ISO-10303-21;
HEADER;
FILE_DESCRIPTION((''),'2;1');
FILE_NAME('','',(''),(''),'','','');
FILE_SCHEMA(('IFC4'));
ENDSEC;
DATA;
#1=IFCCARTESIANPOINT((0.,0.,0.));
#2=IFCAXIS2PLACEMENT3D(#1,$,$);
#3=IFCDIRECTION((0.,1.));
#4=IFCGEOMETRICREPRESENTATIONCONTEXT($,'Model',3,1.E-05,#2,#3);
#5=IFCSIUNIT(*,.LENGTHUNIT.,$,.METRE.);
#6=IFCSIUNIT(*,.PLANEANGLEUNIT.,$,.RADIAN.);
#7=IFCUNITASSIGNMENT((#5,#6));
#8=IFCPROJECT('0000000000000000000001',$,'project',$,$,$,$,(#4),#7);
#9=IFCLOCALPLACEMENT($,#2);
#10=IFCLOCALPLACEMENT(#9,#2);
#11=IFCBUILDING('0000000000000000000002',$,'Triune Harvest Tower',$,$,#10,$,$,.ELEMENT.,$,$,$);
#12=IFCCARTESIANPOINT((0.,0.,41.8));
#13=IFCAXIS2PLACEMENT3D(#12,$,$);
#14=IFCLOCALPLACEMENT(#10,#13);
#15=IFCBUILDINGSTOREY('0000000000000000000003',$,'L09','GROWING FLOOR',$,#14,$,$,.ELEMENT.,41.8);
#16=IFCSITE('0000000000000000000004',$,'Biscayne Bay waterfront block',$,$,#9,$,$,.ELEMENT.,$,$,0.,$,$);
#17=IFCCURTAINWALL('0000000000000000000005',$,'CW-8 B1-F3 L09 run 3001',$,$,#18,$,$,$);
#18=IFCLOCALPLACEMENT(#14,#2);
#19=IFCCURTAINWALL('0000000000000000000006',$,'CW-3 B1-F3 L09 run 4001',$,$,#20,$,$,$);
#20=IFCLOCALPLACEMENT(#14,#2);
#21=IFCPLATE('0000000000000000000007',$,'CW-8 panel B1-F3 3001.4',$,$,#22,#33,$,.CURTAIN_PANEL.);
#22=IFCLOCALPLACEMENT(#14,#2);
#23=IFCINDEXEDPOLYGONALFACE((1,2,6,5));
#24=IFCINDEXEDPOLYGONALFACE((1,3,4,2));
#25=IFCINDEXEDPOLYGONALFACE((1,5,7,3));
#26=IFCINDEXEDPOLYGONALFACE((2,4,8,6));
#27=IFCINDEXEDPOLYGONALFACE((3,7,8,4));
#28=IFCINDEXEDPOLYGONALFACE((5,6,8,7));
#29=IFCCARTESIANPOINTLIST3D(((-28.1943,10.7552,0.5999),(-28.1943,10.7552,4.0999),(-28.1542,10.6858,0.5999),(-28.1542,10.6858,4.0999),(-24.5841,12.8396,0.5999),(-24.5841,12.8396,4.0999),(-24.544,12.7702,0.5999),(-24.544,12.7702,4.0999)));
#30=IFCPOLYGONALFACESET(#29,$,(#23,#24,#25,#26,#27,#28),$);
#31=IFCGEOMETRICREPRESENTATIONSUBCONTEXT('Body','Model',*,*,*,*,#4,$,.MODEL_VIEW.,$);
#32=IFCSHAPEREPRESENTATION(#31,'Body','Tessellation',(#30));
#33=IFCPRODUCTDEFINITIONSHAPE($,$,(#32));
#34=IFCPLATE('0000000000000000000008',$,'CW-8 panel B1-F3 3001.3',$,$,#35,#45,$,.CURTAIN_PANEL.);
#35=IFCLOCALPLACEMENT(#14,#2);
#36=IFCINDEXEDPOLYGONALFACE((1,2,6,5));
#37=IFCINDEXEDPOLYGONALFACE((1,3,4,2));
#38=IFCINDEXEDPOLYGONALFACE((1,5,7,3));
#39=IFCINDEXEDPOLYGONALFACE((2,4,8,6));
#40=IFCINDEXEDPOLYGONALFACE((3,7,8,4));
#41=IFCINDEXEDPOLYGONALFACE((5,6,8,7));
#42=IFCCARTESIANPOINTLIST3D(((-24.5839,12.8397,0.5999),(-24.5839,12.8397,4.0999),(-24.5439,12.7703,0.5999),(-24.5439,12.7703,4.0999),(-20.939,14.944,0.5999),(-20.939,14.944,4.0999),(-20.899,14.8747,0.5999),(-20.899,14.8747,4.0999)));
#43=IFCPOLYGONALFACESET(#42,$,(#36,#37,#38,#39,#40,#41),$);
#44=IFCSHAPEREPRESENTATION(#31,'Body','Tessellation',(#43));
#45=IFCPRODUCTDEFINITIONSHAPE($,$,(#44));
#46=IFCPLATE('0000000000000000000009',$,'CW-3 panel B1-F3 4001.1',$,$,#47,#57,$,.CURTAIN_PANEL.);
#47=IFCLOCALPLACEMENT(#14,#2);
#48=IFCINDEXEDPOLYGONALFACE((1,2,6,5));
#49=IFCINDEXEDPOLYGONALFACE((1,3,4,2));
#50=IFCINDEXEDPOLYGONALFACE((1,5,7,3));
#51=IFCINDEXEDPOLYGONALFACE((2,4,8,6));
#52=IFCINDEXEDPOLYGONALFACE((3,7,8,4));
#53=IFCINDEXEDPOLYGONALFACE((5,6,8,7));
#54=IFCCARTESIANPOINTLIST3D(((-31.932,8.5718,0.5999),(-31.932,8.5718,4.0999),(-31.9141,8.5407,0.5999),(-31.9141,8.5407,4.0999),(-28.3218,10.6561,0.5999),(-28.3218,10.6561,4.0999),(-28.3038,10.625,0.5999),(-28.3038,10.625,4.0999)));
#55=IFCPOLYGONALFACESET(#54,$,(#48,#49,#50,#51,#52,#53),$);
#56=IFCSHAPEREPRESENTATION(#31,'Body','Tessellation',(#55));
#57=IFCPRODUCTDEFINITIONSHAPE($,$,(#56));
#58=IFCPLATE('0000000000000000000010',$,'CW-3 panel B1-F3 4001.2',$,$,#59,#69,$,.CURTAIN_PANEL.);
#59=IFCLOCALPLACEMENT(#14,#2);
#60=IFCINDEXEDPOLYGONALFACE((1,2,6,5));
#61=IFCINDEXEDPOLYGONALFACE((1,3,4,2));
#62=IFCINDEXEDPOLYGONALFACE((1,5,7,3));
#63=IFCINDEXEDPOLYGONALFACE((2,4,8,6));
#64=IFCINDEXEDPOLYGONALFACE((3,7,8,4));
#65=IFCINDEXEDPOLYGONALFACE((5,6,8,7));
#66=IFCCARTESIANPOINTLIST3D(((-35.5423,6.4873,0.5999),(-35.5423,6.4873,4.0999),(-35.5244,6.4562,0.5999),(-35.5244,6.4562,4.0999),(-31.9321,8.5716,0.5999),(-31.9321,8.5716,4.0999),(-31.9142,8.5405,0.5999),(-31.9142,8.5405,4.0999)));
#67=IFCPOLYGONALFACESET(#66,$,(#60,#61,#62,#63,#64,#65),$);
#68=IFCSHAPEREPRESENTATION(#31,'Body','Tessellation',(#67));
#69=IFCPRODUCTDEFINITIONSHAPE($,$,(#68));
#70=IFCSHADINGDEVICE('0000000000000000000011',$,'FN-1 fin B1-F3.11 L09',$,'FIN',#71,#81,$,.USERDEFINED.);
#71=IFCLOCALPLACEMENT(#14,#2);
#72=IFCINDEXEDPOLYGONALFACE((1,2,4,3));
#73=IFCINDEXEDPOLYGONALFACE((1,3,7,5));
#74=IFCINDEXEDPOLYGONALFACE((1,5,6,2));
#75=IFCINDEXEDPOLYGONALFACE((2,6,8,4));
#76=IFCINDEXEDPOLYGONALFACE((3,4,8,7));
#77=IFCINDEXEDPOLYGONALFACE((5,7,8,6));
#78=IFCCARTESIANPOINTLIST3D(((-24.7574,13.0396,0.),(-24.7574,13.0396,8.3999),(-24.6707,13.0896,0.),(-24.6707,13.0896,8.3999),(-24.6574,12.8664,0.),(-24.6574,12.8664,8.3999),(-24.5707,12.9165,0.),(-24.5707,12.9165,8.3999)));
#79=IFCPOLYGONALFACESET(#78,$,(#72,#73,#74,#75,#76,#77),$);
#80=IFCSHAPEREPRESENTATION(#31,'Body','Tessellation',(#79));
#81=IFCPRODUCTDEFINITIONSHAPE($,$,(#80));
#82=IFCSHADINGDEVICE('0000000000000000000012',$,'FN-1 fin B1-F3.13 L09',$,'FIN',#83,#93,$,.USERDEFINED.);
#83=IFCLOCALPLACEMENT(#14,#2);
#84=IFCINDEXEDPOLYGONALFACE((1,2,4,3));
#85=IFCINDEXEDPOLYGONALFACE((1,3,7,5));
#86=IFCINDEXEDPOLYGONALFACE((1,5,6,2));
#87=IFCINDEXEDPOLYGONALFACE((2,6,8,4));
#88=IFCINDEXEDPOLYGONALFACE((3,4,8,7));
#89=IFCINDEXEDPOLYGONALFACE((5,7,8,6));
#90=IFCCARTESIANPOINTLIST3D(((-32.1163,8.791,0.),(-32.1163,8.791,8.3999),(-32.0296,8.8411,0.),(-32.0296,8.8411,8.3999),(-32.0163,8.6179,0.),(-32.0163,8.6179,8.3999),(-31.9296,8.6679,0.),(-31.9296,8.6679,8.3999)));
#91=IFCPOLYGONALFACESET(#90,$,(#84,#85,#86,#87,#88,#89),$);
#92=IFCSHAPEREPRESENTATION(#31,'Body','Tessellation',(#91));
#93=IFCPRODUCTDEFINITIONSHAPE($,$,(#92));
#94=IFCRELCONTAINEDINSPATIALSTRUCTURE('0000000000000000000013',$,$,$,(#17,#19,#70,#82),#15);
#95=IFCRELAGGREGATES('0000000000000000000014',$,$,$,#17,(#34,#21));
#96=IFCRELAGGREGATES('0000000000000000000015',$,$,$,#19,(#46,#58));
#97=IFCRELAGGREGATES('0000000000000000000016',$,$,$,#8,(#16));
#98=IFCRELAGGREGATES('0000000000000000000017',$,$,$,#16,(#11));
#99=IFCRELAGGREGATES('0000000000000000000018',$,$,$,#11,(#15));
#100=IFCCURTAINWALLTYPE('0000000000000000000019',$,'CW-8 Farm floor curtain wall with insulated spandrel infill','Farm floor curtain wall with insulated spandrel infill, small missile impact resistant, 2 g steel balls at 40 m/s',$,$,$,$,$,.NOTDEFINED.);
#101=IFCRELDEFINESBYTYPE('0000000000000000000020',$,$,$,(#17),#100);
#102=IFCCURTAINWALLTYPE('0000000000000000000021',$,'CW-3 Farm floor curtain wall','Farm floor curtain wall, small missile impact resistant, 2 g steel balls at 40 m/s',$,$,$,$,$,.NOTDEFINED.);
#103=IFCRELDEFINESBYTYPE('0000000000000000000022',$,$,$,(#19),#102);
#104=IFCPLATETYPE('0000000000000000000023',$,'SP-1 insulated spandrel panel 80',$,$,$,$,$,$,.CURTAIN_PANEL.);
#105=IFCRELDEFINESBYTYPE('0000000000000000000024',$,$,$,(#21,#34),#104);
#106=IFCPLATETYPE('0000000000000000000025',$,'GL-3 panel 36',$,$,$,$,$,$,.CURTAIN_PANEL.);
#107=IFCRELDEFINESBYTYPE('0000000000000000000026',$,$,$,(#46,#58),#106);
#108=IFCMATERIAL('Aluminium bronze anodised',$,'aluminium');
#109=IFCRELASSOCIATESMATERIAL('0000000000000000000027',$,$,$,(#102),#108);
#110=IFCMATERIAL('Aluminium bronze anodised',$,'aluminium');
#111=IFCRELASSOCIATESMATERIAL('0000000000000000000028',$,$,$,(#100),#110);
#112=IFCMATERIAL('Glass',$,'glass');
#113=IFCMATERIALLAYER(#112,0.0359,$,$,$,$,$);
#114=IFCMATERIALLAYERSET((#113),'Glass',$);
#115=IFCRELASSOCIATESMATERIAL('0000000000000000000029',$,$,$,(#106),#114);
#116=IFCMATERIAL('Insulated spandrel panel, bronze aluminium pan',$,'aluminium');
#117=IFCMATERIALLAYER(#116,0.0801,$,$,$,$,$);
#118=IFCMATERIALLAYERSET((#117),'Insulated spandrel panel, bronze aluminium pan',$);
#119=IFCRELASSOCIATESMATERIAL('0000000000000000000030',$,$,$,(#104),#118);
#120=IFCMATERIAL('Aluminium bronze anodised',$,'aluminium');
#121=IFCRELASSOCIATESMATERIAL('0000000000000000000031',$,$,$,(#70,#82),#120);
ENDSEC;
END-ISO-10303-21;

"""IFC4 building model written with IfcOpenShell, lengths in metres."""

from ifc_helpers import new_model, si_unit, direction, frame, origin, origin_2d, place, context, subcontext, project, spatial, rectangle, extrude, source, transform, mapped, material, layer, layer_set, type_object, element, aggregate, save


model = new_model("IFC4")

# Units and contexts
model_context = context("Model", 3, precision=1e-05, world=origin(), true_north=direction((0.0, 1.0)))
body_context = subcontext(model_context, "Body", "Model", "MODEL_VIEW")
ifc_project = project(units=[si_unit("LENGTHUNIT", "METRE"), si_unit("PLANEANGLEUNIT", "RADIAN")], contexts=[model_context])

# Site, building, storey
site_placement = place(None, origin())
site = spatial("IfcSite", under=ifc_project, at=site_placement, Name="Biscayne Bay waterfront block", CompositionType="ELEMENT", RefElevation=0.0)
building_placement = place(site_placement, origin())
building = spatial("IfcBuilding", under=site, at=building_placement, Name="Triune Harvest Tower", CompositionType="ELEMENT")
storey_placement = place(building_placement, frame((0.0, 0.0, 41.8)))
storey = spatial("IfcBuildingStorey", under=building, at=storey_placement, Name="L09", Description="GROWING FLOOR", CompositionType="ELEMENT", Elevation=41.8)

# Curtain wall
ifc_material_1 = material(Name="Aluminium bronze anodised", Category="aluminium")
curtain_wall_type_1 = type_object("IfcCurtainWallType", Name="CW-3 Farm floor curtain wall", Description="Farm floor curtain wall, small missile impact resistant, 2 g steel balls at 40 m/s", PredefinedType="NOTDEFINED", material=ifc_material_1)
ifc_material_2 = material(Name="Aluminium bronze anodised", Category="aluminium")
curtain_wall_type_2 = type_object("IfcCurtainWallType", Name="CW-8 Farm floor curtain wall with insulated spandrel infill", Description="Farm floor curtain wall with insulated spandrel infill, small missile impact resistant, 2 g steel balls at 40 m/s", PredefinedType="NOTDEFINED", material=ifc_material_2)
curtain_wall_1_placement = place(storey_placement, origin())
curtain_wall_1 = element("IfcCurtainWall", 1, at=curtain_wall_1_placement, inside=storey, type_object=curtain_wall_type_2, Name="CW-8 B1-F3 L09 run 3001")

# Curtain wall
curtain_wall_2_placement = place(storey_placement, origin())
curtain_wall_2 = element("IfcCurtainWall", 2, at=curtain_wall_2_placement, inside=storey, type_object=curtain_wall_type_1, Name="CW-3 B1-F3 L09 run 4001")

# Plates
ifc_material_3 = material(Name="Glass", Category="glass")
ifc_layer_1 = layer(ifc_material_3, 0.0359)
ifc_layer_set_1 = layer_set([ifc_layer_1], Name="Glass")
plate_type_1 = type_object("IfcPlateType", Name="GL-3 panel 36", PredefinedType="CURTAIN_PANEL", material=ifc_layer_set_1)
ifc_material_4 = material(Name="Insulated spandrel panel, bronze aluminium pan", Category="aluminium")
ifc_layer_2 = layer(ifc_material_4, 0.0801)
ifc_layer_set_2 = layer_set([ifc_layer_2], Name="Insulated spandrel panel, bronze aluminium pan")
plate_type_2 = type_object("IfcPlateType", Name="SP-1 insulated spandrel panel 80", PredefinedType="CURTAIN_PANEL", material=ifc_layer_set_2)
shared_shape_1 = source(origin(), body_context, "Body", "SweptSolid", [
    extrude(rectangle(XDim=4.1687, YDim=0.0801, at=origin_2d()), origin(), (0.0, 0.0, 1.0), 3.5),
])
plate_1_placement = place(storey_placement, frame((-26.3691, 11.7627, 0.5999), z_axis=(0.0, 0.0, 1.0), x_axis=(-0.866024, -0.500003, 0.0)))
plate_1 = element("IfcPlate", 3, at=plate_1_placement, type_object=plate_type_2, Name="CW-8 panel B1-F3 3001.4", PredefinedType="CURTAIN_PANEL", context=body_context, shape_type="MappedRepresentation", body=[
    mapped(shared_shape_1, transform((0.0, 0.0, 0.0), scale=1.0)),
])
shared_shape_2 = source(origin(), body_context, "Body", "SweptSolid", [
    extrude(rectangle(XDim=4.2087, YDim=0.0801, at=origin_2d()), origin(), (0.0, 0.0, 1.0), 3.5),
])
plate_2_placement = place(storey_placement, frame((-22.7415, 13.8572, 0.5999), z_axis=(0.0, 0.0, 1.0), x_axis=(-0.866024, -0.500003, 0.0)))
plate_2 = element("IfcPlate", 4, at=plate_2_placement, type_object=plate_type_2, Name="CW-8 panel B1-F3 3001.3", PredefinedType="CURTAIN_PANEL", context=body_context, shape_type="MappedRepresentation", body=[
    mapped(shared_shape_2, transform((0.0, 0.0, 0.0), scale=1.0)),
])
aggregate(curtain_wall_1, [plate_2, plate_1])
shared_shape_3 = source(origin(), body_context, "Body", "SweptSolid", [
    extrude(rectangle(XDim=4.1687, YDim=0.0359, at=origin_2d()), origin(), (0.0, 0.0, 1.0), 3.5),
])
plate_3_placement = place(storey_placement, frame((-30.1179, 9.5984, 0.5999), z_axis=(0.0, 0.0, 1.0), x_axis=(-0.866028, -0.499995, 0.0)))
plate_3 = element("IfcPlate", 5, at=plate_3_placement, type_object=plate_type_1, Name="CW-3 panel B1-F3 4001.1", PredefinedType="CURTAIN_PANEL", context=body_context, shape_type="MappedRepresentation", body=[
    mapped(shared_shape_3, transform((0.0, 0.0, 0.0), scale=1.0)),
])
plate_4_placement = place(storey_placement, frame((-33.7283, 7.5139, 0.5999), z_axis=(0.0, 0.0, 1.0), x_axis=(-0.866028, -0.499995, 0.0)))
plate_4 = element("IfcPlate", 6, at=plate_4_placement, type_object=plate_type_1, Name="CW-3 panel B1-F3 4001.2", PredefinedType="CURTAIN_PANEL", context=body_context, shape_type="MappedRepresentation", body=[
    mapped(shared_shape_3, transform((0.0, 0.0, 0.0), scale=1.0)),
])
aggregate(curtain_wall_2, [plate_3, plate_4])

# Shading devices
ifc_material_5 = material(Name="Aluminium bronze anodised", Category="aluminium")
shared_shape_4 = source(origin(), body_context, "Body", "SweptSolid", [
    extrude(rectangle(XDim=0.1001, YDim=0.2, at=origin_2d()), origin(), (0.0, 0.0, 1.0), 8.3999),
])
for number, where, z_axis, x_axis, name in (
    (7, (-24.6641, 12.978, 0.0), (0.0, 0.0, 1.0), (-0.866025, -0.5, 0.0), "FN-1 fin B1-F3.11 L09"),
    (8, (-32.0229, 8.7295, 0.0), (0.0, 0.0, 1.0), (-0.866025, -0.5, 0.0), "FN-1 fin B1-F3.13 L09"),
):
    element("IfcShadingDevice", number, at=place(storey_placement, frame(where, z_axis=z_axis, x_axis=x_axis)), inside=storey, material=ifc_material_5, Name=name, ObjectType="FIN", PredefinedType="USERDEFINED", context=body_context, shape_type="MappedRepresentation", body=[
        mapped(shared_shape_4, transform((0.0, 0.0, 0.0), scale=1.0)),
    ])

save(model, "model.ifc")
